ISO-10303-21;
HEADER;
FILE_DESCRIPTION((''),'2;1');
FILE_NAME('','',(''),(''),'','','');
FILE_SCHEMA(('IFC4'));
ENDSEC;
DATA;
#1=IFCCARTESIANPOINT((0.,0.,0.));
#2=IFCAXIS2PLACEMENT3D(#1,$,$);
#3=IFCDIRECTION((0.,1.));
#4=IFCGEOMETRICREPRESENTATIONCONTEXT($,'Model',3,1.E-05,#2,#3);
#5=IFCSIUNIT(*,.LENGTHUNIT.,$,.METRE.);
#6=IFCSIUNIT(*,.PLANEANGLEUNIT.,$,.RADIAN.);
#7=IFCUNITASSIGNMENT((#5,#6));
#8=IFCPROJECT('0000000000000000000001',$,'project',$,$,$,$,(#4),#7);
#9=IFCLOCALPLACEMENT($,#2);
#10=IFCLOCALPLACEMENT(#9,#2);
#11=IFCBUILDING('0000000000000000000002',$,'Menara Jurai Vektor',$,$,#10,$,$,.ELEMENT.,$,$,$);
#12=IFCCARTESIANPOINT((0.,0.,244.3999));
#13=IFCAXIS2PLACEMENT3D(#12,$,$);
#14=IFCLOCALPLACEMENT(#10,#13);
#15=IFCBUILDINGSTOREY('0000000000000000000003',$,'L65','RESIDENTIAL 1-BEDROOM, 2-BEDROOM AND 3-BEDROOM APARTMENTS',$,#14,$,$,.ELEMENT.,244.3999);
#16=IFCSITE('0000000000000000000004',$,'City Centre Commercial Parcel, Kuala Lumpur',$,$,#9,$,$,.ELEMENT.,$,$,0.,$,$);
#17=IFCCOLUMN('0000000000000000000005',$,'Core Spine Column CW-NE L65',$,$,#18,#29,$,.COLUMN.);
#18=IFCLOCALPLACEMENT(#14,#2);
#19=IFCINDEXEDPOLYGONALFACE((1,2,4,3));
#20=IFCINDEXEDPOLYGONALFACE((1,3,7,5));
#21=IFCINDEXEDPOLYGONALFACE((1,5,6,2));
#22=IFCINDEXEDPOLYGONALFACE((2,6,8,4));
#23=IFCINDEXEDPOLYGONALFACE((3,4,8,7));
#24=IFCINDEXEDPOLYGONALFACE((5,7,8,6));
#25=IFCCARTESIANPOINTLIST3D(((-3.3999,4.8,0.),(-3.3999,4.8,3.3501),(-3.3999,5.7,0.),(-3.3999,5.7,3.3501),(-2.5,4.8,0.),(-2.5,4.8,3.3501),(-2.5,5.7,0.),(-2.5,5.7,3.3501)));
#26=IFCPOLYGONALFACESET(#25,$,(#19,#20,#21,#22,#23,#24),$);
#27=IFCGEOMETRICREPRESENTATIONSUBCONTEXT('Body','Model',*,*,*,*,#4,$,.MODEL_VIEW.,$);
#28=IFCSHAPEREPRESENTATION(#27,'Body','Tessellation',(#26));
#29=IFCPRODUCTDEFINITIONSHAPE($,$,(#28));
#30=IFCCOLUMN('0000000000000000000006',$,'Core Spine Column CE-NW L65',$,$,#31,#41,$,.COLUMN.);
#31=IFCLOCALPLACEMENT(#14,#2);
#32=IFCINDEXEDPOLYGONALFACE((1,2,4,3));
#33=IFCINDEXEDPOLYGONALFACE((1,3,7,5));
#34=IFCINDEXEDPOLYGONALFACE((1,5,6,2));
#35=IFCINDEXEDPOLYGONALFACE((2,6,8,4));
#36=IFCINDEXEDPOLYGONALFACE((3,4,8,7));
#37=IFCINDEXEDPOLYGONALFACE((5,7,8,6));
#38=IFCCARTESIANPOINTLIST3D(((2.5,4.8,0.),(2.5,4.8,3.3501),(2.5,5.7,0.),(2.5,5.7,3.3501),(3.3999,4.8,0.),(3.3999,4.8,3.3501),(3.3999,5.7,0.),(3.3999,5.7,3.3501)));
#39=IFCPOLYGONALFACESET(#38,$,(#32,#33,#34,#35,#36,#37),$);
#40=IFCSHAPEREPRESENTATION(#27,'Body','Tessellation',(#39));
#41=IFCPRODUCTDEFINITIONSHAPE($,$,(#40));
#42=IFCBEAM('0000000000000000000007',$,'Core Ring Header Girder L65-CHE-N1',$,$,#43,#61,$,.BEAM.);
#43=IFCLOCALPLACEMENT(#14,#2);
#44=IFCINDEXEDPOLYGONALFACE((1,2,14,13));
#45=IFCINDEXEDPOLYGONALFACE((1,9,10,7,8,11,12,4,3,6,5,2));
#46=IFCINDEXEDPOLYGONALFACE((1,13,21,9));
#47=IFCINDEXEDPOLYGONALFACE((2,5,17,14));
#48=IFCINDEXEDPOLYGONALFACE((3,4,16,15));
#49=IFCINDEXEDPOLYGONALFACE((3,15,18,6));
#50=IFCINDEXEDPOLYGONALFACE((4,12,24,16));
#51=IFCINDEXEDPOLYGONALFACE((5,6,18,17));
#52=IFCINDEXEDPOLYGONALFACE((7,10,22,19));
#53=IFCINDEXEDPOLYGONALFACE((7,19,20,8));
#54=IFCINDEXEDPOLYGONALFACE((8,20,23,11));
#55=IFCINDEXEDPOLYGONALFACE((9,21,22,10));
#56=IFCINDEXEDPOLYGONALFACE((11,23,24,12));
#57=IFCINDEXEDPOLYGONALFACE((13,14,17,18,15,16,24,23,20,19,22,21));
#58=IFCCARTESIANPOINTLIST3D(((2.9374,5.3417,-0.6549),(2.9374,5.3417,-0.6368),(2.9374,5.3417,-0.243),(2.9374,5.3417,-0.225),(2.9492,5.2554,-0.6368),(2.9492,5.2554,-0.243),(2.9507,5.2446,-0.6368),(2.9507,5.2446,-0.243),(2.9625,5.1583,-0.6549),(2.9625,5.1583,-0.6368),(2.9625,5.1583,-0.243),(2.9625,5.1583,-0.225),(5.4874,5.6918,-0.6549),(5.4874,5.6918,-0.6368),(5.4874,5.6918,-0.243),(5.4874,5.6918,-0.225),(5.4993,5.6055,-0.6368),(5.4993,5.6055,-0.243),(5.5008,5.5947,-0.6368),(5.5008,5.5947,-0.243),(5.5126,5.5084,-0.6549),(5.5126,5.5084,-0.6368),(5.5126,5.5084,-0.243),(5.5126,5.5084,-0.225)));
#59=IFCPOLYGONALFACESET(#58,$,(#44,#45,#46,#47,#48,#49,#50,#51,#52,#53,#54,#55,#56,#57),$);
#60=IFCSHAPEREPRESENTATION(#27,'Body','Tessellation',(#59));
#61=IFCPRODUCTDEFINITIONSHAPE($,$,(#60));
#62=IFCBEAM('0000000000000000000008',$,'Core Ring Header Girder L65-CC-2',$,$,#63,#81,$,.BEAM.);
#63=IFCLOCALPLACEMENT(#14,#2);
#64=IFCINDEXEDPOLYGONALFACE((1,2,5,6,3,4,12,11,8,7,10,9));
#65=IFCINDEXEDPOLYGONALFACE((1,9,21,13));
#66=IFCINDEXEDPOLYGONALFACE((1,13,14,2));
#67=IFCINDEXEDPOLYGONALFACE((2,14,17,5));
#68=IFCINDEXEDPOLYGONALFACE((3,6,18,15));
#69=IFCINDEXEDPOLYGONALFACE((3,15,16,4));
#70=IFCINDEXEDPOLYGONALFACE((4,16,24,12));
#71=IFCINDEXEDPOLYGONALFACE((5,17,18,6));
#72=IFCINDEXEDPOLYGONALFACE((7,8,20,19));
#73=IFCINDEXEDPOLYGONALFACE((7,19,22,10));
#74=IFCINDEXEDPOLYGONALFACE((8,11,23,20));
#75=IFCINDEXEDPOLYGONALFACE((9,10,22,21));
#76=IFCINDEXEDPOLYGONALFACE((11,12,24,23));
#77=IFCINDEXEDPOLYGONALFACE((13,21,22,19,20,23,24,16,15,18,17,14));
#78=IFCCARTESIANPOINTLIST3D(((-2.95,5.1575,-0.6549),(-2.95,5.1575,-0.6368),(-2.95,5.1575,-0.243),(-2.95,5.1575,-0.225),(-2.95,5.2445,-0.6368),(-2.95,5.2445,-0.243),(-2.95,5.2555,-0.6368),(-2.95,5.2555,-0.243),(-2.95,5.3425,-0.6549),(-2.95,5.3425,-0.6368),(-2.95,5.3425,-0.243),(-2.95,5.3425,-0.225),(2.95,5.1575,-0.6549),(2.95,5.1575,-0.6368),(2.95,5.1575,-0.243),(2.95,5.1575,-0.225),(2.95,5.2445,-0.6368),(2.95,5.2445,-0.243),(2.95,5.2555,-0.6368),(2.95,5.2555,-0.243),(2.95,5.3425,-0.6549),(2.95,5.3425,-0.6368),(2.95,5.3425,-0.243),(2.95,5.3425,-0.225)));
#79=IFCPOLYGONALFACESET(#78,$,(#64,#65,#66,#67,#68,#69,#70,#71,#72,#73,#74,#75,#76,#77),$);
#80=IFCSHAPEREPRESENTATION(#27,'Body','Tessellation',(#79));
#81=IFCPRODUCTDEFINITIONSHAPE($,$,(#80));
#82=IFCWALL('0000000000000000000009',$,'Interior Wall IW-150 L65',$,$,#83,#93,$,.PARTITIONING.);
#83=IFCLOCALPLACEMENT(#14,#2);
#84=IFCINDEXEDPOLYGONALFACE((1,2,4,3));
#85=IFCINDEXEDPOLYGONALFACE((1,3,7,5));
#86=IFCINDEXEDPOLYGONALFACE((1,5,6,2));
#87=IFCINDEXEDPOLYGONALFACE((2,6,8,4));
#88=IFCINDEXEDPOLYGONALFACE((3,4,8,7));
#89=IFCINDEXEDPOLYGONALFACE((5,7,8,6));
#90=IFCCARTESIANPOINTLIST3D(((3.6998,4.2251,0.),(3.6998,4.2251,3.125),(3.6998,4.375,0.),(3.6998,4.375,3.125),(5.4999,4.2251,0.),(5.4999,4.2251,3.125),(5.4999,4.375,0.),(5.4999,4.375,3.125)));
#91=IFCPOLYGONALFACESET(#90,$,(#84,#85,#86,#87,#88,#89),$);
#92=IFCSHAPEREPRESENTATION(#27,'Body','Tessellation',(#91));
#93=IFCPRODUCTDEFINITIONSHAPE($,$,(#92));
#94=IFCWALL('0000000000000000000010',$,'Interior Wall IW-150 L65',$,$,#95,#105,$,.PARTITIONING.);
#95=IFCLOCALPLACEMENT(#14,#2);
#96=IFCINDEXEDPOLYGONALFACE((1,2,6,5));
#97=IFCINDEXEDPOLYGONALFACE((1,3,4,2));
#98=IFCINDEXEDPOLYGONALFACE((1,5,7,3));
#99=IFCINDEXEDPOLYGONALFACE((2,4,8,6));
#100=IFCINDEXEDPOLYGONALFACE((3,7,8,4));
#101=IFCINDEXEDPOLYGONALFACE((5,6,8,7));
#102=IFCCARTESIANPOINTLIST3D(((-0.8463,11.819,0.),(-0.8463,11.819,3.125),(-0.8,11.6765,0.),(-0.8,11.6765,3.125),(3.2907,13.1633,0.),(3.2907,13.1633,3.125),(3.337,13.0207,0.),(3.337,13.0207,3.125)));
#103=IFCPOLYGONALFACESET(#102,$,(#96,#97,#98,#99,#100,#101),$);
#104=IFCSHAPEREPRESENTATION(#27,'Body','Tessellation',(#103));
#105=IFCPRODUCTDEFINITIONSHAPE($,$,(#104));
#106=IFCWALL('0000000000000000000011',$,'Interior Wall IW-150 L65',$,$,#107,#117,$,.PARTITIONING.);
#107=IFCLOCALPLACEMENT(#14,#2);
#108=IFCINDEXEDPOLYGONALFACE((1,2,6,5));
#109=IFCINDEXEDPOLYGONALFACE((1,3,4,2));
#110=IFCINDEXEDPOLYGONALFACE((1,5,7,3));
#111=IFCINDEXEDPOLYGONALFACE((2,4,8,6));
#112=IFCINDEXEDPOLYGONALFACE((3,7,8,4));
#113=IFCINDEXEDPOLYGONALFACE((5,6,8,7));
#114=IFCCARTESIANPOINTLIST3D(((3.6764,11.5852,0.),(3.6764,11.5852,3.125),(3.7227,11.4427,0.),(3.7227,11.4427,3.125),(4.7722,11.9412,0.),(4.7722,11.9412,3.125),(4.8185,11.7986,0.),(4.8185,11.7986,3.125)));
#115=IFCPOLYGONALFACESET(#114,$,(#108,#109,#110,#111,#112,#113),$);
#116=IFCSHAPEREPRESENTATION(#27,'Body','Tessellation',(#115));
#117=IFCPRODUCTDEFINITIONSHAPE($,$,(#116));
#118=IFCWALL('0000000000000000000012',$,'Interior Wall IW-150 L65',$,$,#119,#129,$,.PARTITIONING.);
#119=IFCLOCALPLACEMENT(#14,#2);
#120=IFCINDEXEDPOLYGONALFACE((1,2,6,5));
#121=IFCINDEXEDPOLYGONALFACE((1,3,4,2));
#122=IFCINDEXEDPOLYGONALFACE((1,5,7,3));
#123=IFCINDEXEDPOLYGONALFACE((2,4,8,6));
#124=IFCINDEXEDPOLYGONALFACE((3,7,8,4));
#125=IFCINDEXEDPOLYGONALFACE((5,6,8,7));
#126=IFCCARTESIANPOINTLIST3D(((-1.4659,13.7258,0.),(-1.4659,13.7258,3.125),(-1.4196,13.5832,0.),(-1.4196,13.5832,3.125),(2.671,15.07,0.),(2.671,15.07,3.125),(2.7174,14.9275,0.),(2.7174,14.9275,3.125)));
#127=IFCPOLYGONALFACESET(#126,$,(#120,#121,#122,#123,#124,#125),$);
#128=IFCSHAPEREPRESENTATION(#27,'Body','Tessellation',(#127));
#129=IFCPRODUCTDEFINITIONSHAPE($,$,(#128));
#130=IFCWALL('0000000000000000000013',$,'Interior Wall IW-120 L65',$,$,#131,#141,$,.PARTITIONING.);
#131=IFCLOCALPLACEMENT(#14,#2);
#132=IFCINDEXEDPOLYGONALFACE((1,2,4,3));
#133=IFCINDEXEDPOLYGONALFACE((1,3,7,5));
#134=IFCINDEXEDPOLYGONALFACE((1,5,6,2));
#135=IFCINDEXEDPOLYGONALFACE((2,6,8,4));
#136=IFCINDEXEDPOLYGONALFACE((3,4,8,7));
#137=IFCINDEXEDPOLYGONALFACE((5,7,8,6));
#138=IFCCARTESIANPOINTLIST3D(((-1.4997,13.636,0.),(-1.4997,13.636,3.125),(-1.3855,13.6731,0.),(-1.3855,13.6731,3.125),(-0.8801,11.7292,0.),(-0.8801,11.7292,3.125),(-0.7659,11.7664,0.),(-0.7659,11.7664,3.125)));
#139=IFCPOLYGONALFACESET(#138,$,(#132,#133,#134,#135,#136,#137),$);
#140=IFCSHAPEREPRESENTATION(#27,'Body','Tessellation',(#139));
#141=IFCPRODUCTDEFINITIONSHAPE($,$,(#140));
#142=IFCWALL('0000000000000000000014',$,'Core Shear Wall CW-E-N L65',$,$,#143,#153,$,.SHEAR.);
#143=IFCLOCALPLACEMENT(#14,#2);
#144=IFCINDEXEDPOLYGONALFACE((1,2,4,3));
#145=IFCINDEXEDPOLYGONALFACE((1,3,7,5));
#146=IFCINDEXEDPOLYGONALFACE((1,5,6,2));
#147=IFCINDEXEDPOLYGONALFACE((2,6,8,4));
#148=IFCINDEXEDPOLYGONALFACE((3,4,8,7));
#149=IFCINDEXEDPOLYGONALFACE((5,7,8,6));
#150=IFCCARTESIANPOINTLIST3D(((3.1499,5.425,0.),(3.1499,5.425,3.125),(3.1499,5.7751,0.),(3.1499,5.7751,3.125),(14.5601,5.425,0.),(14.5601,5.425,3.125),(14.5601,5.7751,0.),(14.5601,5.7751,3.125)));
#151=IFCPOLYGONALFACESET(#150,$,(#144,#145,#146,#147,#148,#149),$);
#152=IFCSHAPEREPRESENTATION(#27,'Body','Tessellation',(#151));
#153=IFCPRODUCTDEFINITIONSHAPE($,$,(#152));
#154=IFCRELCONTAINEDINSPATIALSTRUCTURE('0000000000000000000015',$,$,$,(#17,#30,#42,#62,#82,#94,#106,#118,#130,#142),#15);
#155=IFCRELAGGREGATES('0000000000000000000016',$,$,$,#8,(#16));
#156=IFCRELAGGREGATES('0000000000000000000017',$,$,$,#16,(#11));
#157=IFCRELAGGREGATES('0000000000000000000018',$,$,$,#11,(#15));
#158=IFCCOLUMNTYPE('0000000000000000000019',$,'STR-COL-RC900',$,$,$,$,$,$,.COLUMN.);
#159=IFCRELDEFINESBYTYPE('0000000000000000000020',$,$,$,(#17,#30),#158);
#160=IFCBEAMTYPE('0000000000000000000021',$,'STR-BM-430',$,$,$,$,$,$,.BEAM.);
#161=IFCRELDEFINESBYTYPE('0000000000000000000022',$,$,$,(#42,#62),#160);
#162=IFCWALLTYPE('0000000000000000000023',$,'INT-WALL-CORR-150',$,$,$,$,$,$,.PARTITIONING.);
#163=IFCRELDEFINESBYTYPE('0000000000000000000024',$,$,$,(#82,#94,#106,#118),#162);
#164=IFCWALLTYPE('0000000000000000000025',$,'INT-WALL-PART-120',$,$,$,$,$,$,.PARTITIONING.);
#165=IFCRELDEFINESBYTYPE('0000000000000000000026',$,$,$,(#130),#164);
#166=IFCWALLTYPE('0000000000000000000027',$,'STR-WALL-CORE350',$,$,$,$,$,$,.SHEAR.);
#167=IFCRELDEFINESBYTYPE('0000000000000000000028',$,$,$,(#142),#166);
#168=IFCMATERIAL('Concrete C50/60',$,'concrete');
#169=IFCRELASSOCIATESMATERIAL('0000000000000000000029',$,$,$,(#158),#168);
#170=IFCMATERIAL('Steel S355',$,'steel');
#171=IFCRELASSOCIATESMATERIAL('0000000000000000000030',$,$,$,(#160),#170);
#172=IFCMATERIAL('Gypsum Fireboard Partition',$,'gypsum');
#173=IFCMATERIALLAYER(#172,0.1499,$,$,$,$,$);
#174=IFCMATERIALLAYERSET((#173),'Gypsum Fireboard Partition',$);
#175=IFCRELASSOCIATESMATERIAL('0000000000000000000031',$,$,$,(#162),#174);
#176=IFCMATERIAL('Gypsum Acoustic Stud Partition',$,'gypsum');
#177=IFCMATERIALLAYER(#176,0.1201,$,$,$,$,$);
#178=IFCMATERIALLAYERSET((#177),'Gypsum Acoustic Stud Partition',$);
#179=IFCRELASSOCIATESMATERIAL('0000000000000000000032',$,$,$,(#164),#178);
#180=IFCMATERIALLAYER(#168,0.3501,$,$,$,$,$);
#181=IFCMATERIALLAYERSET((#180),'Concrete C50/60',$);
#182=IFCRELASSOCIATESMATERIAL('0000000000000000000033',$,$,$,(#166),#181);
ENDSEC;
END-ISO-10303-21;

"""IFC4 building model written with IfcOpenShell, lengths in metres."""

from ifc_helpers import new_model, si_unit, direction, frame, frame_2d, origin, origin_2d, place, context, subcontext, project, spatial, rectangle, i_section, extrude, material, layer, layer_set, material_profile, profile_set, type_object, element, save


model = new_model("IFC4")

# Units and contexts
model_context = context("Model", 3, precision=1e-05, world=origin(), true_north=direction((0.0, 1.0)))
body_context = subcontext(model_context, "Body", "Model", "MODEL_VIEW")
ifc_project = project(units=[si_unit("LENGTHUNIT", "METRE"), si_unit("PLANEANGLEUNIT", "RADIAN")], contexts=[model_context])

# Site, building, storey
site_placement = place(None, origin())
site = spatial("IfcSite", under=ifc_project, at=site_placement, Name="City Centre Commercial Parcel, Kuala Lumpur", CompositionType="ELEMENT", RefElevation=0.0)
building_placement = place(site_placement, origin())
building = spatial("IfcBuilding", under=site, at=building_placement, Name="Menara Jurai Vektor", CompositionType="ELEMENT")
storey_placement = place(building_placement, frame((0.0, 0.0, 244.3999)))
storey = spatial("IfcBuildingStorey", under=building, at=storey_placement, Name="L65", Description="RESIDENTIAL 1-BEDROOM, 2-BEDROOM AND 3-BEDROOM APARTMENTS", CompositionType="ELEMENT", Elevation=244.3999)

# Columns
ifc_material_1 = material(Name="Concrete C50/60", Category="concrete")
ifc_material_profile_1 = material_profile(ifc_material_1, rectangle(XDim=0.8999, YDim=0.8999, at=origin_2d()), Name="RC 900x900")
ifc_profile_set_1 = profile_set([ifc_material_profile_1], Name="Concrete C50/60")
column_type = type_object("IfcColumnType", Name="STR-COL-RC900", PredefinedType="COLUMN", material=ifc_profile_set_1)
for number, where, z_axis, x_axis, name in (
    (1, (-2.95, 5.25, 0.0), (0.0, 0.0, 1.0), (1.0, 0.0, 0.0), "Core Spine Column CW-NE L65"),
    (2, (2.95, 5.25, 0.0), (0.0, 0.0, 1.0), (1.0, 0.0, 0.0), "Core Spine Column CE-NW L65"),
):
    element("IfcColumn", number, at=place(storey_placement, frame(where, z_axis=z_axis, x_axis=x_axis)), inside=storey, type_object=column_type, Name=name, PredefinedType="COLUMN", context=body_context, shape_type="SweptSolid", body=[
        extrude(rectangle(XDim=0.8999, YDim=0.8999, at=origin_2d()), origin(), (0.0, 0.0, 1.0), 3.3501),
    ])

# Beams
ifc_material_2 = material(Name="Steel S355", Category="steel")
ifc_material_profile_2 = material_profile(ifc_material_2, i_section(OverallWidth=0.1851, OverallDepth=0.4299, WebThickness=0.011, FlangeThickness=0.0181, at=origin_2d()), Name="PG 430x185x76")
ifc_profile_set_2 = profile_set([ifc_material_profile_2], Name="Steel S355")
beam_type = type_object("IfcBeamType", Name="STR-BM-430", PredefinedType="BEAM", material=ifc_profile_set_2)
beam_1_placement = place(storey_placement, frame((2.95, 5.25, -0.4399), z_axis=(0.990707, 0.136015, 0.0), x_axis=(-0.136015, 0.990707, 0.0)))
element("IfcBeam", 3, at=beam_1_placement, inside=storey, type_object=beam_type, Name="Core Ring Header Girder L65-CHE-N1", PredefinedType="BEAM", context=body_context, shape_type="SweptSolid", body=[
    extrude(i_section(OverallWidth=0.1851, OverallDepth=0.4299, WebThickness=0.011, FlangeThickness=0.0181, at=origin_2d()), origin(), (0.0, 0.0, 1.0), 2.574),
])
beam_2_placement = place(storey_placement, frame((-2.95, 5.25, -0.4399), z_axis=(1.0, 0.0, 0.0), x_axis=(0.0, 1.0, 0.0)))
element("IfcBeam", 4, at=beam_2_placement, inside=storey, type_object=beam_type, Name="Core Ring Header Girder L65-CC-2", PredefinedType="BEAM", context=body_context, shape_type="SweptSolid", body=[
    extrude(i_section(OverallWidth=0.1851, OverallDepth=0.4299, WebThickness=0.011, FlangeThickness=0.0181, at=origin_2d()), origin(), (0.0, 0.0, 1.0), 5.8999),
])

# Wall
ifc_material_3 = material(Name="Gypsum Fireboard Partition", Category="gypsum")
ifc_layer_1 = layer(ifc_material_3, 0.1499)
ifc_layer_set_1 = layer_set([ifc_layer_1], Name="Gypsum Fireboard Partition")
wall_type_1 = type_object("IfcWallType", Name="INT-WALL-CORR-150", PredefinedType="PARTITIONING", material=ifc_layer_set_1)
wall_1_placement = place(storey_placement, frame((3.7, 4.3, 0.0), z_axis=(0.0, 0.0, 1.0), x_axis=(1.0, 0.0, 0.0)))
element("IfcWall", 5, at=wall_1_placement, inside=storey, type_object=wall_type_1, Name="Interior Wall IW-150 L65", PredefinedType="PARTITIONING", context=body_context, shape_type="SweptSolid", body=[
    extrude(rectangle(XDim=1.8, YDim=0.1499, at=frame_2d((0.8999, 0.0))), origin(), (0.0, 0.0, 1.0), 3.125),
])

# Wall
wall_2_placement = place(storey_placement, frame((-0.823, 11.7478, 0.0), z_axis=(0.0, 0.0, 1.0), x_axis=(0.951053, 0.309029, 0.0)))
element("IfcWall", 6, at=wall_2_placement, inside=storey, type_object=wall_type_1, Name="Interior Wall IW-150 L65", PredefinedType="PARTITIONING", context=body_context, shape_type="SweptSolid", body=[
    extrude(rectangle(XDim=4.3499, YDim=0.1499, at=frame_2d((2.1748, 0.0))), origin(), (0.0, 0.0, 1.0), 3.125),
])

# Wall
wall_3_placement = place(storey_placement, frame((3.6995, 11.5139, 0.0), z_axis=(0.0, 0.0, 1.0), x_axis=(0.951071, 0.308971, 0.0)))
element("IfcWall", 7, at=wall_3_placement, inside=storey, type_object=wall_type_1, Name="Interior Wall IW-150 L65", PredefinedType="PARTITIONING", context=body_context, shape_type="SweptSolid", body=[
    extrude(rectangle(XDim=1.1521, YDim=0.1499, at=frame_2d((0.5762, 0.0))), origin(), (0.0, 0.0, 1.0), 3.125),
])

# Wall
wall_4_placement = place(storey_placement, frame((-1.4426, 13.6545, 0.0), z_axis=(0.0, 0.0, 1.0), x_axis=(0.951053, 0.309029, 0.0)))
element("IfcWall", 8, at=wall_4_placement, inside=storey, type_object=wall_type_1, Name="Interior Wall IW-150 L65", PredefinedType="PARTITIONING", context=body_context, shape_type="SweptSolid", body=[
    extrude(rectangle(XDim=4.3499, YDim=0.1499, at=frame_2d((2.1748, 0.0))), origin(), (0.0, 0.0, 1.0), 3.125),
])

# Walls
ifc_material_4 = material(Name="Gypsum Acoustic Stud Partition", Category="gypsum")
ifc_layer_2 = layer(ifc_material_4, 0.1201)
ifc_layer_set_2 = layer_set([ifc_layer_2], Name="Gypsum Acoustic Stud Partition")
wall_type_2 = type_object("IfcWallType", Name="INT-WALL-PART-120", PredefinedType="PARTITIONING", material=ifc_layer_set_2)
wall_5_placement = place(storey_placement, frame((-0.823, 11.7478, 0.0), z_axis=(0.0, 0.0, 1.0), x_axis=(-0.309059, 0.951043, 0.0)))
element("IfcWall", 9, at=wall_5_placement, inside=storey, type_object=wall_type_2, Name="Interior Wall IW-120 L65", PredefinedType="PARTITIONING", context=body_context, shape_type="SweptSolid", body=[
    extrude(rectangle(XDim=2.0049, YDim=0.1201, at=frame_2d((1.0024, 0.0))), origin(), (0.0, 0.0, 1.0), 3.125),
])
ifc_layer_3 = layer(ifc_material_1, 0.3501)
ifc_layer_set_3 = layer_set([ifc_layer_3], Name="Concrete C50/60")
wall_type_3 = type_object("IfcWallType", Name="STR-WALL-CORE350", PredefinedType="SHEAR", material=ifc_layer_set_3)
wall_6_placement = place(storey_placement, frame((3.1499, 5.6001, 0.0), z_axis=(0.0, 0.0, 1.0), x_axis=(1.0, 0.0, 0.0)))
element("IfcWall", 10, at=wall_6_placement, inside=storey, type_object=wall_type_3, Name="Core Shear Wall CW-E-N L65", PredefinedType="SHEAR", context=body_context, shape_type="SweptSolid", body=[
    extrude(rectangle(XDim=11.4102, YDim=0.3501, at=frame_2d((5.7051, 0.0))), origin(), (0.0, 0.0, 1.0), 3.125),
])

save(model, "model.ifc")
